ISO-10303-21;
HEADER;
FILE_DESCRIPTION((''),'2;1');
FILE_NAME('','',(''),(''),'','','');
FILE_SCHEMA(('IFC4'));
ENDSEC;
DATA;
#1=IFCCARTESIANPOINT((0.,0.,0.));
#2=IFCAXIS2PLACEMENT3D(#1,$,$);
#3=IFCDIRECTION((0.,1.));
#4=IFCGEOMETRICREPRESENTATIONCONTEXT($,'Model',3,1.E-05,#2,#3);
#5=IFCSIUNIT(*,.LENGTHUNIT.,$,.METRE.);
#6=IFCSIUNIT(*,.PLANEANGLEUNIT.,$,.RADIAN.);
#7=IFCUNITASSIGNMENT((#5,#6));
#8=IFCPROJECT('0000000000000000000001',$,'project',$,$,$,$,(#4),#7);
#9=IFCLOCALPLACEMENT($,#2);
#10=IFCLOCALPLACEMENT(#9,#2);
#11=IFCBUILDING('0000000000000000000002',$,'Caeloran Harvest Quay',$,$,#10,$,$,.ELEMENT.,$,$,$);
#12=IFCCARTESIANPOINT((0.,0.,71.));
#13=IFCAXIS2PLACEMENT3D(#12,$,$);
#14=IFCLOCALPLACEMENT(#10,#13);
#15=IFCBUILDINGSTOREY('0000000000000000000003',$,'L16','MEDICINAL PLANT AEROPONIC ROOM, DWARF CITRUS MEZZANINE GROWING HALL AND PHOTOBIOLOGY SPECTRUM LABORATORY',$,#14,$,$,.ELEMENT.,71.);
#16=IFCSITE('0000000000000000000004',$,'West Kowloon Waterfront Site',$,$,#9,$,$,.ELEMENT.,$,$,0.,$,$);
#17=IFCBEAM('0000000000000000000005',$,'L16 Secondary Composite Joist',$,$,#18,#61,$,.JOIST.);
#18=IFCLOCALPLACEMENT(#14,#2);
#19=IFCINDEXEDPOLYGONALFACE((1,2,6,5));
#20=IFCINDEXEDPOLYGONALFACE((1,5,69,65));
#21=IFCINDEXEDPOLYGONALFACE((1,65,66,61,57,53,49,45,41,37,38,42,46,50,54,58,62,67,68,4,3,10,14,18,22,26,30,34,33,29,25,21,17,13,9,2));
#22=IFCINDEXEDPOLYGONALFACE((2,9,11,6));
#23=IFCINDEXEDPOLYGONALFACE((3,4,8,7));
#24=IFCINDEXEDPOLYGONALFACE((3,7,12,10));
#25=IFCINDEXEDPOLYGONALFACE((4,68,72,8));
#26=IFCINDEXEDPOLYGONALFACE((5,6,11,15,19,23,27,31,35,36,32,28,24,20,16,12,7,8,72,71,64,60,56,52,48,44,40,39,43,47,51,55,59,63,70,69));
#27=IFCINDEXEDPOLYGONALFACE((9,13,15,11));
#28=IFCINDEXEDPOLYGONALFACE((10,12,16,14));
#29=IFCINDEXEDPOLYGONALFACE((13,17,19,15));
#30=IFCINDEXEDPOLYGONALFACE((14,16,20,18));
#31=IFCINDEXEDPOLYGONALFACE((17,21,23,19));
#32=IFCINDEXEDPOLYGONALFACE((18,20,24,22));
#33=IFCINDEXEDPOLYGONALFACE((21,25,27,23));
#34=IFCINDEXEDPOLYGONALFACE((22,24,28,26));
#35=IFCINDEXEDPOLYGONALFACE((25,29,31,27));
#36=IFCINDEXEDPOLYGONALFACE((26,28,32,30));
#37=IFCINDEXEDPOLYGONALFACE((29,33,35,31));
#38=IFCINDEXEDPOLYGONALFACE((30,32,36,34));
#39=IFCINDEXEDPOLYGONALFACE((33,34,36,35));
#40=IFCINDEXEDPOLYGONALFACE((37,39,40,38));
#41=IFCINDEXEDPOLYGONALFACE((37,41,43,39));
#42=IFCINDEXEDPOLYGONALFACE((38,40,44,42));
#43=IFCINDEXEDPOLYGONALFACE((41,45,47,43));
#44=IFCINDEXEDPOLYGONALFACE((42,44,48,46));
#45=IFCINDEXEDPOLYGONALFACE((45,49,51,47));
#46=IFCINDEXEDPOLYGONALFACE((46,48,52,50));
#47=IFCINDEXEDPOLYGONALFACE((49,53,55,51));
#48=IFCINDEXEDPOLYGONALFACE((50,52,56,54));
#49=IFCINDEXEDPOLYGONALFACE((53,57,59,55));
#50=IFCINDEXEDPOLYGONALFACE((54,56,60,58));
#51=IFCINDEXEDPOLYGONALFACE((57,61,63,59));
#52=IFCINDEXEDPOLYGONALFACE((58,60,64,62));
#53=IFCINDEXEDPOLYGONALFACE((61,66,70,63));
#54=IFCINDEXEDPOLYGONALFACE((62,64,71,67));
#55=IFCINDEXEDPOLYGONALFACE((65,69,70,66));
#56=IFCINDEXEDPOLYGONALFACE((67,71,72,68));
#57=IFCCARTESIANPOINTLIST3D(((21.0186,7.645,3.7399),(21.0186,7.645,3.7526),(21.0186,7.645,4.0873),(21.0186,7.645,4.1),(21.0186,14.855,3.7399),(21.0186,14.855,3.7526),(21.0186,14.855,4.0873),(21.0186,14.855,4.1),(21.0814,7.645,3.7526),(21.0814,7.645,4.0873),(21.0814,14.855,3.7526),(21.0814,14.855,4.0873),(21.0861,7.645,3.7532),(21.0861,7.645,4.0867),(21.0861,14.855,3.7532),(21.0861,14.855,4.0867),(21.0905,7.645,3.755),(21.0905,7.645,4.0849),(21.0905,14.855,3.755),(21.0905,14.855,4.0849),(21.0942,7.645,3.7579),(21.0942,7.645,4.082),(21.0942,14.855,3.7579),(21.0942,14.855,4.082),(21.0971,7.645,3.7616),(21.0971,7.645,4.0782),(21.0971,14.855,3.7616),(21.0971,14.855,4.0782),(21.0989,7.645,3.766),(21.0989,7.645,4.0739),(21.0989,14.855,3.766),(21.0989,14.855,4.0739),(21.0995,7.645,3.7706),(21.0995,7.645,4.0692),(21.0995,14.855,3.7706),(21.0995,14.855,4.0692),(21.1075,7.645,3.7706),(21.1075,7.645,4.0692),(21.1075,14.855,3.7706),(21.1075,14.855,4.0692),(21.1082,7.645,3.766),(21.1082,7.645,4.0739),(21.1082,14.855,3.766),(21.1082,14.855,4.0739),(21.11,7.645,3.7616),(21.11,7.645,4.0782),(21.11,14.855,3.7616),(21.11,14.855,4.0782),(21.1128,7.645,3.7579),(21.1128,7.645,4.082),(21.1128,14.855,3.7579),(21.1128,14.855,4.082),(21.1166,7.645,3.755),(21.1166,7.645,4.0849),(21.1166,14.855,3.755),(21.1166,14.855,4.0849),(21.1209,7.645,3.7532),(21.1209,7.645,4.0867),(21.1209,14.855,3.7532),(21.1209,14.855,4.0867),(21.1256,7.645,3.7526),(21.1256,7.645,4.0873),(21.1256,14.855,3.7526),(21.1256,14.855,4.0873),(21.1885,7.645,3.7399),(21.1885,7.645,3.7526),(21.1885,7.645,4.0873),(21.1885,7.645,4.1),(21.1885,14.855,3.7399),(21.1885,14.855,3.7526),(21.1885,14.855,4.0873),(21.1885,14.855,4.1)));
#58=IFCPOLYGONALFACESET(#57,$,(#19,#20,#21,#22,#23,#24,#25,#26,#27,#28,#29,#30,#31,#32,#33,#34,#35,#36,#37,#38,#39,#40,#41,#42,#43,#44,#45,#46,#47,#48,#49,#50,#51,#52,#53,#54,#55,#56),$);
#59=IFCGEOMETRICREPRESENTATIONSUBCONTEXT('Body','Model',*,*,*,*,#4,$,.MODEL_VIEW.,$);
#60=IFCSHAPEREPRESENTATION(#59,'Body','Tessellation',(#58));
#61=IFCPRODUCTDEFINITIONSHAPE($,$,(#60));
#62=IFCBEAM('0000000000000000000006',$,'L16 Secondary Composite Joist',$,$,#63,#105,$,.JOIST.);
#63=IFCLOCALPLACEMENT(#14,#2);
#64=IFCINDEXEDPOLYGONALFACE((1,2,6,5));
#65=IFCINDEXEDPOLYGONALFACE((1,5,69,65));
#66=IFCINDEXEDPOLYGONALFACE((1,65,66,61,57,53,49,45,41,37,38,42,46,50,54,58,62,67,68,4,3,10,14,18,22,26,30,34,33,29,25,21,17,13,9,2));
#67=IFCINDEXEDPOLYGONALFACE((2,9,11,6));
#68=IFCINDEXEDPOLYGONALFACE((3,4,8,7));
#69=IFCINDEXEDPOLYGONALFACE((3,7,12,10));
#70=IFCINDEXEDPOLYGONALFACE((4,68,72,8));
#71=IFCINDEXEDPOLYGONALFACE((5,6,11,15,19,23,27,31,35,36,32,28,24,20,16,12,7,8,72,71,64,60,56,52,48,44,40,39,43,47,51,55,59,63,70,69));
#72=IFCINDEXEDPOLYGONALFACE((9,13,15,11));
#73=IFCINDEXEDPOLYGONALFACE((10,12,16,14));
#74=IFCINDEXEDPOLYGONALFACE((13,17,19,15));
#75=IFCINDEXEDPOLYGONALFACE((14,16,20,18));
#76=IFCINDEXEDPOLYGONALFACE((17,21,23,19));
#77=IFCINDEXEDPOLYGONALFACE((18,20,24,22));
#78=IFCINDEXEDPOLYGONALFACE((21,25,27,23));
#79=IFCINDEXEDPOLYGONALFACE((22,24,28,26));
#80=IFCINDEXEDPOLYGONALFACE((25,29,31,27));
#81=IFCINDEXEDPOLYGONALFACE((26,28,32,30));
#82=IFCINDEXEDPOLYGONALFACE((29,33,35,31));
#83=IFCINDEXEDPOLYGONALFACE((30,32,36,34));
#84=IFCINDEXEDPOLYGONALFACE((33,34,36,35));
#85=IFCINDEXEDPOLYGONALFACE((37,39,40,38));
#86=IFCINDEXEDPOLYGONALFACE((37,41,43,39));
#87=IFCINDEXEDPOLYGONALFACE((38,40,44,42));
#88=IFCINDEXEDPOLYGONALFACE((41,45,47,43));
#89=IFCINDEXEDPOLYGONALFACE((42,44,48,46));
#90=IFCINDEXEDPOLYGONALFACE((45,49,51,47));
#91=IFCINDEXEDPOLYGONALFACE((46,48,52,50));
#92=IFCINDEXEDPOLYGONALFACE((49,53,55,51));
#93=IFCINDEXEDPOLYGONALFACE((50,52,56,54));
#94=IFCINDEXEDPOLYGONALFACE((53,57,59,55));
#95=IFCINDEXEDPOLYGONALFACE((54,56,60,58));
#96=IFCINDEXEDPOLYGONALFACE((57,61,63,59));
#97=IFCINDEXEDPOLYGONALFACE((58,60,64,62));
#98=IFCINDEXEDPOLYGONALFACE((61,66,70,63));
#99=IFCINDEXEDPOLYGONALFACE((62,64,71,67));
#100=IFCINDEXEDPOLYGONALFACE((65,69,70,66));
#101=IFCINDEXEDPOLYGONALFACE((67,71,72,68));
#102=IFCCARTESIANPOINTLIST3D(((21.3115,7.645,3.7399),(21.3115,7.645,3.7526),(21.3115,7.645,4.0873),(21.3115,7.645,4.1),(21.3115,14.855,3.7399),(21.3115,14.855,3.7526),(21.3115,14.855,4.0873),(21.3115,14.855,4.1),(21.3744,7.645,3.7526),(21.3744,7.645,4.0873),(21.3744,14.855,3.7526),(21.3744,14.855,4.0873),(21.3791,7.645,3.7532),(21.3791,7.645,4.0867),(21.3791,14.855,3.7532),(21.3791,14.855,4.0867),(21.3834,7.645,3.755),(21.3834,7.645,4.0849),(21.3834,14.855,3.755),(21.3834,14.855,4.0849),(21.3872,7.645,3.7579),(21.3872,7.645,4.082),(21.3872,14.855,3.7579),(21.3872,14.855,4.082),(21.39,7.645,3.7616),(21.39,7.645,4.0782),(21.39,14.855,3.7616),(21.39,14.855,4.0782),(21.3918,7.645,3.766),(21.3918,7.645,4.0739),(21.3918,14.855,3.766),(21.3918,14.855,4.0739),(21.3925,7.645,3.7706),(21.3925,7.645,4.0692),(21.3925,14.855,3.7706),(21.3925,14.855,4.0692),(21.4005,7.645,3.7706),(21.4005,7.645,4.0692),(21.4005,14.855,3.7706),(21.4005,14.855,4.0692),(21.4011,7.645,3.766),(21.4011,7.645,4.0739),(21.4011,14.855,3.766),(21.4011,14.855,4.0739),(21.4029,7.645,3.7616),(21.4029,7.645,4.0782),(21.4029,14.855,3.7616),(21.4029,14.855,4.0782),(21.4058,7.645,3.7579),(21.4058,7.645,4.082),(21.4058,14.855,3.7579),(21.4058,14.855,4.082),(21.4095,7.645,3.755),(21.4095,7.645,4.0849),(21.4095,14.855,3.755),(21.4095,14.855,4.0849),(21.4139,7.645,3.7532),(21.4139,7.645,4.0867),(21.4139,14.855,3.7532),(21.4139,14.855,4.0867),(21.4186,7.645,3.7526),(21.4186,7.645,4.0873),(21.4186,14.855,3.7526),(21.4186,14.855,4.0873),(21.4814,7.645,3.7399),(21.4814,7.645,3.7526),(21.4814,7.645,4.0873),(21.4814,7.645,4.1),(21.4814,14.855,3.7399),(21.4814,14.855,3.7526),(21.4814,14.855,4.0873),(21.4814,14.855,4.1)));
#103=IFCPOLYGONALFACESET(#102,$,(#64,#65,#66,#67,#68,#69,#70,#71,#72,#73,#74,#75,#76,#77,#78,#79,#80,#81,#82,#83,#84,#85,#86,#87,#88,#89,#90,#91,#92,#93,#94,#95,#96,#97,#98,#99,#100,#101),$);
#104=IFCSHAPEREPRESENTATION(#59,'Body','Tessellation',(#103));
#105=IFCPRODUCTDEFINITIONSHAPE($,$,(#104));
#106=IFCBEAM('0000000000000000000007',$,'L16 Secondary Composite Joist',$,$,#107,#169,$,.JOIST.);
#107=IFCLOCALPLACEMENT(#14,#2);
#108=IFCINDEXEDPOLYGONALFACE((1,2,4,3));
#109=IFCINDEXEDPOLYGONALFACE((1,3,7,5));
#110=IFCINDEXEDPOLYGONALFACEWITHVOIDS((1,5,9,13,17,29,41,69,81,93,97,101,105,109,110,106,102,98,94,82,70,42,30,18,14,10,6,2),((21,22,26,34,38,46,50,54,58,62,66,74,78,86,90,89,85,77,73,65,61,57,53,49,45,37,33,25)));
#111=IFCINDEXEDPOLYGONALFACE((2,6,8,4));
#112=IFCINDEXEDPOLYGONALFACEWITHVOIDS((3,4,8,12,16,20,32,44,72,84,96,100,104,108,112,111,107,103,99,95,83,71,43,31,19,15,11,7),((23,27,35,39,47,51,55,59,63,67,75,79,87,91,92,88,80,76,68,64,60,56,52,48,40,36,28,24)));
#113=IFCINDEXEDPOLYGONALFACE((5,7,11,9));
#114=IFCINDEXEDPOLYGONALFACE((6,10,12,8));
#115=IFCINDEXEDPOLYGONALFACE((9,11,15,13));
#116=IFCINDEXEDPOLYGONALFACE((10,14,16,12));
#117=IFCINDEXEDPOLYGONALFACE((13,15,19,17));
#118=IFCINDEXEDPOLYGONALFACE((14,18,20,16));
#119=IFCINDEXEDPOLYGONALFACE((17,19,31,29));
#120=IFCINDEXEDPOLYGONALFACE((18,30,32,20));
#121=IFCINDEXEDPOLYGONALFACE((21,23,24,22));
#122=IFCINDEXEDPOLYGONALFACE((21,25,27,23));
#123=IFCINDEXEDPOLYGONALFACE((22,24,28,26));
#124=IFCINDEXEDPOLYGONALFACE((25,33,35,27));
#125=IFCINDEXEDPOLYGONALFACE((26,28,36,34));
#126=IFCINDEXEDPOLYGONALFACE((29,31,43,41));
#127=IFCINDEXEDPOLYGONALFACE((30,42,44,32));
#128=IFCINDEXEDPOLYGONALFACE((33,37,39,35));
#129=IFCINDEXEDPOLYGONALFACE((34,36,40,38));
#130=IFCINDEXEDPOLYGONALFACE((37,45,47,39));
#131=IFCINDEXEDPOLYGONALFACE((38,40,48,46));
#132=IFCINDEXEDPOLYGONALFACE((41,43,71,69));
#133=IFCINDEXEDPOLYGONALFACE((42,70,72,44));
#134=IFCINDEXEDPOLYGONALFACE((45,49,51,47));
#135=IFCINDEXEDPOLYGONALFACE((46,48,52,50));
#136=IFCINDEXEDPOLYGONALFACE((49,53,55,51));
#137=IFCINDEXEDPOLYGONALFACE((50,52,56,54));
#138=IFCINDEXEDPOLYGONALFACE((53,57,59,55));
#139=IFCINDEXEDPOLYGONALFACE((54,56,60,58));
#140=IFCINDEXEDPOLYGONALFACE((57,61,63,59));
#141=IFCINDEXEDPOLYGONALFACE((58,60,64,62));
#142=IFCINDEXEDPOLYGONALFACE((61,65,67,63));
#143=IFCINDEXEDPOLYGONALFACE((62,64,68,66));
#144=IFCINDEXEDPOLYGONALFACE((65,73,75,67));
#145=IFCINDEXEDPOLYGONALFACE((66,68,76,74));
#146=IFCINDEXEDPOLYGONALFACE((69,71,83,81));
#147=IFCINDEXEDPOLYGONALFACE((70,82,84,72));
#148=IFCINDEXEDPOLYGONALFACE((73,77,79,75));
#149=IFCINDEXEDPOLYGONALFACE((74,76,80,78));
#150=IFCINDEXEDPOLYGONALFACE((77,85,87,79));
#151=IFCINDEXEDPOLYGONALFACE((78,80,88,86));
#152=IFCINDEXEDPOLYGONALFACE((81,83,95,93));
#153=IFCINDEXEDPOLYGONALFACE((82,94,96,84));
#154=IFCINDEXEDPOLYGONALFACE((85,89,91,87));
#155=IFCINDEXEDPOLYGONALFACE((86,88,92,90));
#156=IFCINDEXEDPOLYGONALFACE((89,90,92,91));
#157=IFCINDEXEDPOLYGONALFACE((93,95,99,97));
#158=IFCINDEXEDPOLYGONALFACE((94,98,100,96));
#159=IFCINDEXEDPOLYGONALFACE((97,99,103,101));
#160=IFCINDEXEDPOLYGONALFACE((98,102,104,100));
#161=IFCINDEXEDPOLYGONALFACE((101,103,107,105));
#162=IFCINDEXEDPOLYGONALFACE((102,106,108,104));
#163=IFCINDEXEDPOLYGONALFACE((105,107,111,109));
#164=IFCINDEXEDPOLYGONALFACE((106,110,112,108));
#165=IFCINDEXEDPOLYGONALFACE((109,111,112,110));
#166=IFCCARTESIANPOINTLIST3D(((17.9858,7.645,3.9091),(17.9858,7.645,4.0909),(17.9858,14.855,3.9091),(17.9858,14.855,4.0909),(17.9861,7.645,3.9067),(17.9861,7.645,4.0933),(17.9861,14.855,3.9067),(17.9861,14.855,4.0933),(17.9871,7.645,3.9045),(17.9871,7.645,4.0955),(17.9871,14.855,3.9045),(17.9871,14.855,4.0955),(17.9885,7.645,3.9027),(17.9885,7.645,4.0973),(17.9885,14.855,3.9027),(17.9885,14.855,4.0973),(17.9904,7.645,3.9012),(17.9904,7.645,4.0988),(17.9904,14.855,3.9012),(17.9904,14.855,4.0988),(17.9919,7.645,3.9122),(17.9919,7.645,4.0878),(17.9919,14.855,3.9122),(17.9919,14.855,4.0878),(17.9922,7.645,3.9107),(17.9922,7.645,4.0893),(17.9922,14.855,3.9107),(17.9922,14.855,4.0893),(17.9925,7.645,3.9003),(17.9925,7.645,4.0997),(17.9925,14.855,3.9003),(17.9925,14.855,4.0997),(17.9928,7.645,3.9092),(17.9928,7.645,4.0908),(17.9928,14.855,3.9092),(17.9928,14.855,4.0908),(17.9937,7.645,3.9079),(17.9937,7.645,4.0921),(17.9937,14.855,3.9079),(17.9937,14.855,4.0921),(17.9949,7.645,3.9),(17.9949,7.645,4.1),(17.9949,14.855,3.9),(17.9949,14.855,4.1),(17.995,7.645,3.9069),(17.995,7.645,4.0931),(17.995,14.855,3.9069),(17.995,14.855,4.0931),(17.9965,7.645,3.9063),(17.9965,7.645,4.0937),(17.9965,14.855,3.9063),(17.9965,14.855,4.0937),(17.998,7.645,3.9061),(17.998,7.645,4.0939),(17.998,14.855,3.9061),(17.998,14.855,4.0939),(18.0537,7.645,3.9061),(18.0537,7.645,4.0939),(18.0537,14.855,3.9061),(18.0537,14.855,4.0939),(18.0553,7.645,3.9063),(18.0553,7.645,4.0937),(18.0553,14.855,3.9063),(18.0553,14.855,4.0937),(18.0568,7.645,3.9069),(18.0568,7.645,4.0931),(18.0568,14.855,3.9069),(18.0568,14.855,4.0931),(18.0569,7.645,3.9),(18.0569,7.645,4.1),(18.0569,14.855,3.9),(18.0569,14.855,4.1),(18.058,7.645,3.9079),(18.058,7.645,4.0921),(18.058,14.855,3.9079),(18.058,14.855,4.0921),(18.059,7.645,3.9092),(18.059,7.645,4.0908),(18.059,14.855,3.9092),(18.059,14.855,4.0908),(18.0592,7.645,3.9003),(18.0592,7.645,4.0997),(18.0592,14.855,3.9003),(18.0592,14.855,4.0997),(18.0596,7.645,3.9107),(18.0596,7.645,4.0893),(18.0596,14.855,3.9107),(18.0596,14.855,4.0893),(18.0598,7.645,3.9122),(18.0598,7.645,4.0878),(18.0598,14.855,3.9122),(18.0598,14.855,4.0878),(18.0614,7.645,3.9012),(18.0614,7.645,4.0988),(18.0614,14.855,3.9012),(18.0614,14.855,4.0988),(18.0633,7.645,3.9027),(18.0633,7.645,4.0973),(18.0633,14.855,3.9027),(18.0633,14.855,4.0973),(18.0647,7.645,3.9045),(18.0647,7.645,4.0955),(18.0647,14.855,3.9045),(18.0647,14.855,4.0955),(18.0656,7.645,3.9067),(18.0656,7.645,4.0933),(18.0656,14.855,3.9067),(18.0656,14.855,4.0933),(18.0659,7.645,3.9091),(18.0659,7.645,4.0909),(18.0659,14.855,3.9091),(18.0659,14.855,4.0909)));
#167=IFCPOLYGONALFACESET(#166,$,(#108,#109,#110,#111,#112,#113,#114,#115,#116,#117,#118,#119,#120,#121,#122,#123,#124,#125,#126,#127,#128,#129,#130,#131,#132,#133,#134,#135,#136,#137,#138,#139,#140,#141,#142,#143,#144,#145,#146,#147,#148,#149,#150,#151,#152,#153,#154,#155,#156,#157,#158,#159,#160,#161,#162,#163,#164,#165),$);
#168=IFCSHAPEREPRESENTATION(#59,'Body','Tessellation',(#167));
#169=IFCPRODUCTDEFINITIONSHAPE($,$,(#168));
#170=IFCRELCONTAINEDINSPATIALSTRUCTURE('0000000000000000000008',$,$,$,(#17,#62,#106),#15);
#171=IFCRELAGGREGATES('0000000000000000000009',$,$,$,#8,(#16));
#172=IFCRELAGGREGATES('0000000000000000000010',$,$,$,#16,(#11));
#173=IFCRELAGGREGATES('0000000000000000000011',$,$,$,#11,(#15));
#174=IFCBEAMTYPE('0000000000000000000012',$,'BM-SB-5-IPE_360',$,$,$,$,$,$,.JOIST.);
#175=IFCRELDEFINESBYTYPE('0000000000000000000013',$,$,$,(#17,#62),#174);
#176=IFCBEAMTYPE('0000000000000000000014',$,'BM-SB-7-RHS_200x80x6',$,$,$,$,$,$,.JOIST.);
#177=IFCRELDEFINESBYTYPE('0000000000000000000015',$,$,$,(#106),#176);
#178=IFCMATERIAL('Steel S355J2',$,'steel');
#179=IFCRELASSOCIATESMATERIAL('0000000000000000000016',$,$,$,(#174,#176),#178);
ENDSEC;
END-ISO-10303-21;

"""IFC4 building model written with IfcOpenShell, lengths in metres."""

from ifc_helpers import new_model, si_unit, direction, frame, origin, origin_2d, place, context, subcontext, project, spatial, hollow_rectangle, i_section, extrude, material, material_profile, profile_set, type_object, element, save


model = new_model("IFC4")

# Units and contexts
model_context = context("Model", 3, precision=1e-05, world=origin(), true_north=direction((0.0, 1.0)))
body_context = subcontext(model_context, "Body", "Model", "MODEL_VIEW")
ifc_project = project(units=[si_unit("LENGTHUNIT", "METRE"), si_unit("PLANEANGLEUNIT", "RADIAN")], contexts=[model_context])

# Site, building, storey
site_placement = place(None, origin())
site = spatial("IfcSite", under=ifc_project, at=site_placement, Name="West Kowloon Waterfront Site", CompositionType="ELEMENT", RefElevation=0.0)
building_placement = place(site_placement, origin())
building = spatial("IfcBuilding", under=site, at=building_placement, Name="Caeloran Harvest Quay", CompositionType="ELEMENT")
storey_placement = place(building_placement, frame((0.0, 0.0, 71.0)))
storey = spatial("IfcBuildingStorey", under=building, at=storey_placement, Name="L16", Description="MEDICINAL PLANT AEROPONIC ROOM, DWARF CITRUS MEZZANINE GROWING HALL AND PHOTOBIOLOGY SPECTRUM LABORATORY", CompositionType="ELEMENT", Elevation=71.0)

# Beams
ifc_material_1 = material(Name="Steel S355J2", Category="steel")
ifc_material_profile_1 = material_profile(ifc_material_1, i_section(OverallWidth=0.1699, OverallDepth=0.3601, WebThickness=0.0081, FlangeThickness=0.0127, FilletRadius=0.0181, at=origin_2d()), Name="IPE 360")
ifc_profile_set_1 = profile_set([ifc_material_profile_1], Name="Steel S355J2")
beam_type_1 = type_object("IfcBeamType", Name="BM-SB-5-IPE_360", PredefinedType="JOIST", material=ifc_profile_set_1)
for number, where, z_axis, x_axis, name in (
    (1, (21.1035, 7.645, 3.9199), (0.0, 1.0, 0.0), (-1.0, 0.0, 0.0), "L16 Secondary Composite Joist"),
    (2, (21.3965, 7.645, 3.9199), (0.0, 1.0, 0.0), (-1.0, 0.0, 0.0), "L16 Secondary Composite Joist"),
):
    element("IfcBeam", number, at=place(storey_placement, frame(where, z_axis=z_axis, x_axis=x_axis)), inside=storey, type_object=beam_type_1, Name=name, PredefinedType="JOIST", context=body_context, shape_type="SweptSolid", body=[
        extrude(i_section(OverallWidth=0.1699, OverallDepth=0.3601, WebThickness=0.0081, FlangeThickness=0.0127, FilletRadius=0.0181, at=origin_2d()), origin(), (0.0, 0.0, 1.0), 7.21),
    ])
ifc_material_profile_2 = material_profile(ifc_material_1, hollow_rectangle(XDim=0.0801, YDim=0.2, WallThickness=0.0061, InnerFilletRadius=0.0061, OuterFilletRadius=0.009, at=origin_2d()), Name="RHS 200x80x6")
ifc_profile_set_2 = profile_set([ifc_material_profile_2], Name="Steel S355J2")
beam_type_2 = type_object("IfcBeamType", Name="BM-SB-7-RHS_200x80x6", PredefinedType="JOIST", material=ifc_profile_set_2)
for number, where, z_axis, x_axis, name in (
    (3, (18.0259, 7.645, 4.0), (0.0, 1.0, 0.0), (-1.0, 0.0, 0.0), "L16 Secondary Composite Joist"),
):
    element("IfcBeam", number, at=place(storey_placement, frame(where, z_axis=z_axis, x_axis=x_axis)), inside=storey, type_object=beam_type_2, Name=name, PredefinedType="JOIST", context=body_context, shape_type="SweptSolid", body=[
        extrude(hollow_rectangle(XDim=0.0801, YDim=0.2, WallThickness=0.0061, InnerFilletRadius=0.0061, OuterFilletRadius=0.009, at=origin_2d()), origin(), (0.0, 0.0, 1.0), 7.21),
    ])

save(model, "model.ifc")
